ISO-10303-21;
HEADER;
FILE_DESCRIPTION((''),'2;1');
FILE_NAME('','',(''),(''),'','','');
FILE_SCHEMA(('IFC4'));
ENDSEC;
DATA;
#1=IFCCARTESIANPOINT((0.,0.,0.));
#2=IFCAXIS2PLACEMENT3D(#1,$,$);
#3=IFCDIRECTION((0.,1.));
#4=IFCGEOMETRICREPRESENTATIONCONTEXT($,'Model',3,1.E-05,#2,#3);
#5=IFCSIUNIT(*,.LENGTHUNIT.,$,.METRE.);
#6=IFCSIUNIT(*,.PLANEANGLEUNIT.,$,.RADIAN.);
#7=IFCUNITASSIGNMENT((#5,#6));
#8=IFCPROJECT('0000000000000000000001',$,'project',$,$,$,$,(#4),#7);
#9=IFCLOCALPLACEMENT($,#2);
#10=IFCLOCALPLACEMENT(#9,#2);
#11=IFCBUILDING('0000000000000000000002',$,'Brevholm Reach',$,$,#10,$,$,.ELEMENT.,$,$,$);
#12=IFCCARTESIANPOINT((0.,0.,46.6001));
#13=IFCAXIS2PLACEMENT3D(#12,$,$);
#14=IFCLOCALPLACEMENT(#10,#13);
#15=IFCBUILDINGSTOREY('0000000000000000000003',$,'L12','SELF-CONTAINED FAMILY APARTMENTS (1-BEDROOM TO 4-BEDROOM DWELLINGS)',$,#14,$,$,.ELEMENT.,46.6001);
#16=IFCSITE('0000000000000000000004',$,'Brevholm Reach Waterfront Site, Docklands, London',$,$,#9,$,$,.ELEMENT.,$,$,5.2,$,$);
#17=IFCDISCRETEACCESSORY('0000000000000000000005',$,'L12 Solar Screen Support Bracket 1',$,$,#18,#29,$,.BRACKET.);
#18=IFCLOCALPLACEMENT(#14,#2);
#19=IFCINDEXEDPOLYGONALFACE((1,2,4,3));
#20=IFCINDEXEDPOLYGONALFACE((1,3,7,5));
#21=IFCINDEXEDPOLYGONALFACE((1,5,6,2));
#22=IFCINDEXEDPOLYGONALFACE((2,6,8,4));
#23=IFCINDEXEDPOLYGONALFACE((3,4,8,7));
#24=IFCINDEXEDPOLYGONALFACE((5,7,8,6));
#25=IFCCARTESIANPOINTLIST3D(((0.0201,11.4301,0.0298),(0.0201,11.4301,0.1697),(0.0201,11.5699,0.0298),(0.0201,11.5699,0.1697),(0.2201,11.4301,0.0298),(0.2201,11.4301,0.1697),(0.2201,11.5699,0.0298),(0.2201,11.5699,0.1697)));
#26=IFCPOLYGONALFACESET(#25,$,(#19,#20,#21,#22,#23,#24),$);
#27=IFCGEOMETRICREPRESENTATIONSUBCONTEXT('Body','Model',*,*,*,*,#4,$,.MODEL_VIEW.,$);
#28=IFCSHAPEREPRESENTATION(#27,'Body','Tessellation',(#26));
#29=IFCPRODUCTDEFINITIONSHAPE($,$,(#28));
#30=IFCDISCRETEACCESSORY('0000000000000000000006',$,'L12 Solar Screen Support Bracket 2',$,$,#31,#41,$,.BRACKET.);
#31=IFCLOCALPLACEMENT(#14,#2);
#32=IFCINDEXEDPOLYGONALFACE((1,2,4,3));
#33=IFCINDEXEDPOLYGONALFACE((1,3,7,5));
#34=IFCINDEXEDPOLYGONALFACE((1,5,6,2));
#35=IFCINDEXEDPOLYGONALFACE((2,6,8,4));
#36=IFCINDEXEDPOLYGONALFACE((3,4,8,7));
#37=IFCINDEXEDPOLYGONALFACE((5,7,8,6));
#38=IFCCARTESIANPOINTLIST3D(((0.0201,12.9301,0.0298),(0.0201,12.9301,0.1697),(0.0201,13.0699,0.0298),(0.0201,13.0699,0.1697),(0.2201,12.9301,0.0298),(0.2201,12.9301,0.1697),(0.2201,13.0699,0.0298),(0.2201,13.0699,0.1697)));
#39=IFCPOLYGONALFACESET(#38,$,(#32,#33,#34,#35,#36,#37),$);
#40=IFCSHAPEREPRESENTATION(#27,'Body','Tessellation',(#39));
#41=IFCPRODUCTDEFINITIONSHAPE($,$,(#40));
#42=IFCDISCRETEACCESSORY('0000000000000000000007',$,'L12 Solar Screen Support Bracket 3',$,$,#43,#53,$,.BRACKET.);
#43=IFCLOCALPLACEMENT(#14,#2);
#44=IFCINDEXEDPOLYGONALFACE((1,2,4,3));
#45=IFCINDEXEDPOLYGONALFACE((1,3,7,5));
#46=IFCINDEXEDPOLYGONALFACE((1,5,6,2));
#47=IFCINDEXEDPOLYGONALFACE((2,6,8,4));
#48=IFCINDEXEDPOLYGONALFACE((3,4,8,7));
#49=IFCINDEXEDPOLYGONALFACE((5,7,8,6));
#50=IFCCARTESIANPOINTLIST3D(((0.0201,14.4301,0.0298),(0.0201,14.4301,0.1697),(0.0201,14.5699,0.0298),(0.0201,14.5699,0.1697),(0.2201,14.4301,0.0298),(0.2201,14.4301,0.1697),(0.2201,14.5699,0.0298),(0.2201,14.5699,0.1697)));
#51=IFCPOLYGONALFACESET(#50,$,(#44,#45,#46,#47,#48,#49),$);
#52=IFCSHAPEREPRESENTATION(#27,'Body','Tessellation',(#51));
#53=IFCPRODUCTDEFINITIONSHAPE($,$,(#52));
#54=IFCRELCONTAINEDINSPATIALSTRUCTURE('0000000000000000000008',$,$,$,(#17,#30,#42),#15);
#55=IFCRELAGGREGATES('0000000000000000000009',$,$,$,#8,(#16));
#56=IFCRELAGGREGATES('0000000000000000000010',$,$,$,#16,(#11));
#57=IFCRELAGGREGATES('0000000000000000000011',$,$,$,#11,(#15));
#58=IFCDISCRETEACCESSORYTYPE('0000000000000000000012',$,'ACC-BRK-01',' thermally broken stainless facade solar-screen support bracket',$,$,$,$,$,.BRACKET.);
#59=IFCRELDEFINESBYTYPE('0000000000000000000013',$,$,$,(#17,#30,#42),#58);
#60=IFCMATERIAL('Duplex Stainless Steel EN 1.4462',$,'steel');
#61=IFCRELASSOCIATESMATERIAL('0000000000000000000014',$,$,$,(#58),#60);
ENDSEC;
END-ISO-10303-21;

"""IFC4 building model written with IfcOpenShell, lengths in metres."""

from ifc_helpers import new_model, si_unit, direction, frame, origin, origin_2d, place, context, subcontext, project, spatial, rectangle, extrude, material, type_object, element, save


model = new_model("IFC4")

# Units and contexts
model_context = context("Model", 3, precision=1e-05, world=origin(), true_north=direction((0.0, 1.0)))
body_context = subcontext(model_context, "Body", "Model", "MODEL_VIEW")
ifc_project = project(units=[si_unit("LENGTHUNIT", "METRE"), si_unit("PLANEANGLEUNIT", "RADIAN")], contexts=[model_context])

# Site, building, storey
site_placement = place(None, origin())
site = spatial("IfcSite", under=ifc_project, at=site_placement, Name="Brevholm Reach Waterfront Site, Docklands, London", CompositionType="ELEMENT", RefElevation=5.2)
building_placement = place(site_placement, origin())
building = spatial("IfcBuilding", under=site, at=building_placement, Name="Brevholm Reach", CompositionType="ELEMENT")
storey_placement = place(building_placement, frame((0.0, 0.0, 46.6001)))
storey = spatial("IfcBuildingStorey", under=building, at=storey_placement, Name="L12", Description="SELF-CONTAINED FAMILY APARTMENTS (1-BEDROOM TO 4-BEDROOM DWELLINGS)", CompositionType="ELEMENT", Elevation=46.6001)

# Discrete accessories
ifc_material_1 = material(Name="Duplex Stainless Steel EN 1.4462", Category="steel")
discrete_accessory_type = type_object("IfcDiscreteAccessoryType", Name="ACC-BRK-01", Description=" thermally broken stainless facade solar-screen support bracket", PredefinedType="BRACKET", material=ifc_material_1)
for number, where, z_axis, x_axis, name in (
    (1, (0.1201, 11.5, 0.0298), (0.0, 0.0, 1.0), (-1.0, 0.0, 0.0), "L12 Solar Screen Support Bracket 1"),
    (2, (0.1201, 13.0, 0.0298), (0.0, 0.0, 1.0), (-1.0, 0.0, 0.0), "L12 Solar Screen Support Bracket 2"),
    (3, (0.1201, 14.5, 0.0298), (0.0, 0.0, 1.0), (-1.0, 0.0, 0.0), "L12 Solar Screen Support Bracket 3"),
):
    element("IfcDiscreteAccessory", number, at=place(storey_placement, frame(where, z_axis=z_axis, x_axis=x_axis)), inside=storey, type_object=discrete_accessory_type, Name=name, PredefinedType="BRACKET", context=body_context, shape_type="SweptSolid", body=[
        extrude(rectangle(XDim=0.2, YDim=0.1399, at=origin_2d()), origin(), (0.0, 0.0, 1.0), 0.1399),
    ])

save(model, "model.ifc")
